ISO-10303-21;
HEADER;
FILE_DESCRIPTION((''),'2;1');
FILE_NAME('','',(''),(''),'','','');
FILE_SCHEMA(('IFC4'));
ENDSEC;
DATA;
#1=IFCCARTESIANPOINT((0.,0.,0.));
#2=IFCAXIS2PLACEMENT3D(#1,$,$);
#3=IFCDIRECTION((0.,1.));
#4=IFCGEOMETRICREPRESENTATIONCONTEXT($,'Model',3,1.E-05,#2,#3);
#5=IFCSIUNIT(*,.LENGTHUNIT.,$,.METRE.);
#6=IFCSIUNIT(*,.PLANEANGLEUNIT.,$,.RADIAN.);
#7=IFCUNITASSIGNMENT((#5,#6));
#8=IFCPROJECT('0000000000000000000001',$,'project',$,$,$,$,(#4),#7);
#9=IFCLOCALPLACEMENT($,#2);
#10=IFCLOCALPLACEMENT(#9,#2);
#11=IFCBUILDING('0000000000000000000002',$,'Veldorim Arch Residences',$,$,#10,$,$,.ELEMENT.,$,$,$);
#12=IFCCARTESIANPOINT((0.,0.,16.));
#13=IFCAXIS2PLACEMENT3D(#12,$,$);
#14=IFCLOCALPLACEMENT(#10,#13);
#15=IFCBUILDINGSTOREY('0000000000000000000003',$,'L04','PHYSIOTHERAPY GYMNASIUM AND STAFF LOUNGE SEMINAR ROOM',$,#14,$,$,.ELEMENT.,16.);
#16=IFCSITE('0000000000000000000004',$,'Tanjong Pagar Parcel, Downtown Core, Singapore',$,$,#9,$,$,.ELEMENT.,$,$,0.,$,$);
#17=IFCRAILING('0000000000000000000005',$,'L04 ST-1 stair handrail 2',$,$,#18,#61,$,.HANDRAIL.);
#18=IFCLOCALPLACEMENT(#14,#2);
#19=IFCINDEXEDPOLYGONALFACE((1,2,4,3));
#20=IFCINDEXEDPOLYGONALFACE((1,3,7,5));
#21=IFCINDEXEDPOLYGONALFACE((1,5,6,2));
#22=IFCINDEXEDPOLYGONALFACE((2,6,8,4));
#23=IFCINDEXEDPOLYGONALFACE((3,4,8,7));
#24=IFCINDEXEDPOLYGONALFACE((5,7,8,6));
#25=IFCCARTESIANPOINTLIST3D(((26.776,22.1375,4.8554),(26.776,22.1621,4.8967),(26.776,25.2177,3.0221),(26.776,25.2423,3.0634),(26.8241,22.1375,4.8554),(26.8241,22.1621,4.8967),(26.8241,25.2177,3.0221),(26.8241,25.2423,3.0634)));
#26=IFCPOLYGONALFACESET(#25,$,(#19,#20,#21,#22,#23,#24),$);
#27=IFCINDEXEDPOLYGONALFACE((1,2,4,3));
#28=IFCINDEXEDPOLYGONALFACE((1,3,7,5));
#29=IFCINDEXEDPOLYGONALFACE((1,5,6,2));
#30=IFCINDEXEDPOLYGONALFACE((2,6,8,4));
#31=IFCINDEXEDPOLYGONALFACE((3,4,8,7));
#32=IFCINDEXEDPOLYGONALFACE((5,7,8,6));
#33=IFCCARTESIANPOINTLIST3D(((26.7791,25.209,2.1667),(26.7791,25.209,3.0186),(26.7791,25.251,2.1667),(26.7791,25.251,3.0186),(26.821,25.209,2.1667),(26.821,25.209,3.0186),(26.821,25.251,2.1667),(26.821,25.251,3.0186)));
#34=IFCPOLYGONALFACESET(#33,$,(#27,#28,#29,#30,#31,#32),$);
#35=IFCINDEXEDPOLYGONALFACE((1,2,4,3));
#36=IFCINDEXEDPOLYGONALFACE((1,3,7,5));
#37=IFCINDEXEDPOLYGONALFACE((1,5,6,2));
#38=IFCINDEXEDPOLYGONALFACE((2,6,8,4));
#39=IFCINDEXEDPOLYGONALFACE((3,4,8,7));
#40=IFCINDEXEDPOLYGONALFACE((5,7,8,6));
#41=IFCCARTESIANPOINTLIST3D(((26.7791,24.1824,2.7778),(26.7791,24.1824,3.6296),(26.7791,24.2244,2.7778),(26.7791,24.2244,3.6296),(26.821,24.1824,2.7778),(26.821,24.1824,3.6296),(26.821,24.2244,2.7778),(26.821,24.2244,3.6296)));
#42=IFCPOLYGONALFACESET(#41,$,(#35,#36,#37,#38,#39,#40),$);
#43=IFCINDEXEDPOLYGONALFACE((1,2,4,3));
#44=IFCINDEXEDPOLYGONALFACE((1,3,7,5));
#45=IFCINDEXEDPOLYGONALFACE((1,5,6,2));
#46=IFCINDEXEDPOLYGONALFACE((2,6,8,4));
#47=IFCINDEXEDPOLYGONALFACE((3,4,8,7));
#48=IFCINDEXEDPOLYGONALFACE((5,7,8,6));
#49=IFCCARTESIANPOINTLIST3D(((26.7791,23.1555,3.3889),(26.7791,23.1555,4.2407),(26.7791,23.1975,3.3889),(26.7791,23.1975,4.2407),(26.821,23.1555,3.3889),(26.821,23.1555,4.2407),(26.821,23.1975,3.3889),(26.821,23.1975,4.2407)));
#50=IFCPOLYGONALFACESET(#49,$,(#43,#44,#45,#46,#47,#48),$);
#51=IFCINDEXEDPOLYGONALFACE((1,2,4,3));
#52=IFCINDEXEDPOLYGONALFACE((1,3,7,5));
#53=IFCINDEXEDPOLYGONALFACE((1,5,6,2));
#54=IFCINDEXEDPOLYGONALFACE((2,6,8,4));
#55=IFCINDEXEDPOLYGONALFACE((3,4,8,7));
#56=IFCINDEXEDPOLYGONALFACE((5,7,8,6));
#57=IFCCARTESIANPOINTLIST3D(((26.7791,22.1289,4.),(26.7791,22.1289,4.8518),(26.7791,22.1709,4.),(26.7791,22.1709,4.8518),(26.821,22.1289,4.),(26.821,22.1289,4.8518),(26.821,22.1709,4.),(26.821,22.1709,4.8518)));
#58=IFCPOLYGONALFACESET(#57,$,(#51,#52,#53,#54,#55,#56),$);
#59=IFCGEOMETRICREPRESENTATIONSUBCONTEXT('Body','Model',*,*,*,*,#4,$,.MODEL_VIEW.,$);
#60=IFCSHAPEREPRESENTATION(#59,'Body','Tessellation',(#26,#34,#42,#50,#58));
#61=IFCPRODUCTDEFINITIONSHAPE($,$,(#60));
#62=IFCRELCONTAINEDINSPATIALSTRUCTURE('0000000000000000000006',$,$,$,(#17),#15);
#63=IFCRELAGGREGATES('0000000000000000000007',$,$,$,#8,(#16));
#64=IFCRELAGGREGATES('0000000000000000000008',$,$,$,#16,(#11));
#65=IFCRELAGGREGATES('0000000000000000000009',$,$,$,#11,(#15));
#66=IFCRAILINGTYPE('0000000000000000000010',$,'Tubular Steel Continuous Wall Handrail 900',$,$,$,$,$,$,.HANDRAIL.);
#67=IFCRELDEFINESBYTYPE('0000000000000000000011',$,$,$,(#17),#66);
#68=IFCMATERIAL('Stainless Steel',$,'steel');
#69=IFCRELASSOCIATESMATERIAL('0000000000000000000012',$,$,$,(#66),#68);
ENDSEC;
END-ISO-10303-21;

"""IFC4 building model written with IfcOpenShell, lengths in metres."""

from ifc_helpers import new_model, si_unit, direction, frame, origin, origin_2d, place, context, subcontext, project, spatial, rectangle, extrude, material, type_object, element, save


model = new_model("IFC4")

# Units and contexts
model_context = context("Model", 3, precision=1e-05, world=origin(), true_north=direction((0.0, 1.0)))
body_context = subcontext(model_context, "Body", "Model", "MODEL_VIEW")
ifc_project = project(units=[si_unit("LENGTHUNIT", "METRE"), si_unit("PLANEANGLEUNIT", "RADIAN")], contexts=[model_context])

# Site, building, storey
site_placement = place(None, origin())
site = spatial("IfcSite", under=ifc_project, at=site_placement, Name="Tanjong Pagar Parcel, Downtown Core, Singapore", CompositionType="ELEMENT", RefElevation=0.0)
building_placement = place(site_placement, origin())
building = spatial("IfcBuilding", under=site, at=building_placement, Name="Veldorim Arch Residences", CompositionType="ELEMENT")
storey_placement = place(building_placement, frame((0.0, 0.0, 16.0)))
storey = spatial("IfcBuildingStorey", under=building, at=storey_placement, Name="L04", Description="PHYSIOTHERAPY GYMNASIUM AND STAFF LOUNGE SEMINAR ROOM", CompositionType="ELEMENT", Elevation=16.0)

# Railing
ifc_material_1 = material(Name="Stainless Steel", Category="steel")
railing_type_1 = type_object("IfcRailingType", Name="Tubular Steel Continuous Wall Handrail 900", PredefinedType="HANDRAIL", material=ifc_material_1)
railing_1_placement = place(storey_placement, frame((26.8, 25.23, 2.1667)))
element("IfcRailing", 1, at=railing_1_placement, inside=storey, type_object=railing_type_1, Name="L04 ST-1 stair handrail 2", PredefinedType="HANDRAIL", context=body_context, shape_type="SweptSolid", body=[
    extrude(rectangle(XDim=0.0481, YDim=0.0481, at=origin_2d()), frame((0.0, 0.0, 0.876), z_axis=(0.0, -0.859309, 0.511458), x_axis=(1.0, 0.0, 0.0)), (0.0, 0.0, 1.0), 3.5845),
    extrude(rectangle(XDim=0.042, YDim=0.042, at=origin_2d()), origin(), (0.0, 0.0, 1.0), 0.8518),
    extrude(rectangle(XDim=0.042, YDim=0.042, at=origin_2d()), frame((0.0, -1.0266, 0.6111)), (0.0, 0.0, 1.0), 0.8518),
    extrude(rectangle(XDim=0.042, YDim=0.042, at=origin_2d()), frame((0.0, -2.0535, 1.2222)), (0.0, 0.0, 1.0), 0.8518),
    extrude(rectangle(XDim=0.042, YDim=0.042, at=origin_2d()), frame((0.0, -3.0801, 1.8333)), (0.0, 0.0, 1.0), 0.8518),
])

save(model, "model.ifc")
